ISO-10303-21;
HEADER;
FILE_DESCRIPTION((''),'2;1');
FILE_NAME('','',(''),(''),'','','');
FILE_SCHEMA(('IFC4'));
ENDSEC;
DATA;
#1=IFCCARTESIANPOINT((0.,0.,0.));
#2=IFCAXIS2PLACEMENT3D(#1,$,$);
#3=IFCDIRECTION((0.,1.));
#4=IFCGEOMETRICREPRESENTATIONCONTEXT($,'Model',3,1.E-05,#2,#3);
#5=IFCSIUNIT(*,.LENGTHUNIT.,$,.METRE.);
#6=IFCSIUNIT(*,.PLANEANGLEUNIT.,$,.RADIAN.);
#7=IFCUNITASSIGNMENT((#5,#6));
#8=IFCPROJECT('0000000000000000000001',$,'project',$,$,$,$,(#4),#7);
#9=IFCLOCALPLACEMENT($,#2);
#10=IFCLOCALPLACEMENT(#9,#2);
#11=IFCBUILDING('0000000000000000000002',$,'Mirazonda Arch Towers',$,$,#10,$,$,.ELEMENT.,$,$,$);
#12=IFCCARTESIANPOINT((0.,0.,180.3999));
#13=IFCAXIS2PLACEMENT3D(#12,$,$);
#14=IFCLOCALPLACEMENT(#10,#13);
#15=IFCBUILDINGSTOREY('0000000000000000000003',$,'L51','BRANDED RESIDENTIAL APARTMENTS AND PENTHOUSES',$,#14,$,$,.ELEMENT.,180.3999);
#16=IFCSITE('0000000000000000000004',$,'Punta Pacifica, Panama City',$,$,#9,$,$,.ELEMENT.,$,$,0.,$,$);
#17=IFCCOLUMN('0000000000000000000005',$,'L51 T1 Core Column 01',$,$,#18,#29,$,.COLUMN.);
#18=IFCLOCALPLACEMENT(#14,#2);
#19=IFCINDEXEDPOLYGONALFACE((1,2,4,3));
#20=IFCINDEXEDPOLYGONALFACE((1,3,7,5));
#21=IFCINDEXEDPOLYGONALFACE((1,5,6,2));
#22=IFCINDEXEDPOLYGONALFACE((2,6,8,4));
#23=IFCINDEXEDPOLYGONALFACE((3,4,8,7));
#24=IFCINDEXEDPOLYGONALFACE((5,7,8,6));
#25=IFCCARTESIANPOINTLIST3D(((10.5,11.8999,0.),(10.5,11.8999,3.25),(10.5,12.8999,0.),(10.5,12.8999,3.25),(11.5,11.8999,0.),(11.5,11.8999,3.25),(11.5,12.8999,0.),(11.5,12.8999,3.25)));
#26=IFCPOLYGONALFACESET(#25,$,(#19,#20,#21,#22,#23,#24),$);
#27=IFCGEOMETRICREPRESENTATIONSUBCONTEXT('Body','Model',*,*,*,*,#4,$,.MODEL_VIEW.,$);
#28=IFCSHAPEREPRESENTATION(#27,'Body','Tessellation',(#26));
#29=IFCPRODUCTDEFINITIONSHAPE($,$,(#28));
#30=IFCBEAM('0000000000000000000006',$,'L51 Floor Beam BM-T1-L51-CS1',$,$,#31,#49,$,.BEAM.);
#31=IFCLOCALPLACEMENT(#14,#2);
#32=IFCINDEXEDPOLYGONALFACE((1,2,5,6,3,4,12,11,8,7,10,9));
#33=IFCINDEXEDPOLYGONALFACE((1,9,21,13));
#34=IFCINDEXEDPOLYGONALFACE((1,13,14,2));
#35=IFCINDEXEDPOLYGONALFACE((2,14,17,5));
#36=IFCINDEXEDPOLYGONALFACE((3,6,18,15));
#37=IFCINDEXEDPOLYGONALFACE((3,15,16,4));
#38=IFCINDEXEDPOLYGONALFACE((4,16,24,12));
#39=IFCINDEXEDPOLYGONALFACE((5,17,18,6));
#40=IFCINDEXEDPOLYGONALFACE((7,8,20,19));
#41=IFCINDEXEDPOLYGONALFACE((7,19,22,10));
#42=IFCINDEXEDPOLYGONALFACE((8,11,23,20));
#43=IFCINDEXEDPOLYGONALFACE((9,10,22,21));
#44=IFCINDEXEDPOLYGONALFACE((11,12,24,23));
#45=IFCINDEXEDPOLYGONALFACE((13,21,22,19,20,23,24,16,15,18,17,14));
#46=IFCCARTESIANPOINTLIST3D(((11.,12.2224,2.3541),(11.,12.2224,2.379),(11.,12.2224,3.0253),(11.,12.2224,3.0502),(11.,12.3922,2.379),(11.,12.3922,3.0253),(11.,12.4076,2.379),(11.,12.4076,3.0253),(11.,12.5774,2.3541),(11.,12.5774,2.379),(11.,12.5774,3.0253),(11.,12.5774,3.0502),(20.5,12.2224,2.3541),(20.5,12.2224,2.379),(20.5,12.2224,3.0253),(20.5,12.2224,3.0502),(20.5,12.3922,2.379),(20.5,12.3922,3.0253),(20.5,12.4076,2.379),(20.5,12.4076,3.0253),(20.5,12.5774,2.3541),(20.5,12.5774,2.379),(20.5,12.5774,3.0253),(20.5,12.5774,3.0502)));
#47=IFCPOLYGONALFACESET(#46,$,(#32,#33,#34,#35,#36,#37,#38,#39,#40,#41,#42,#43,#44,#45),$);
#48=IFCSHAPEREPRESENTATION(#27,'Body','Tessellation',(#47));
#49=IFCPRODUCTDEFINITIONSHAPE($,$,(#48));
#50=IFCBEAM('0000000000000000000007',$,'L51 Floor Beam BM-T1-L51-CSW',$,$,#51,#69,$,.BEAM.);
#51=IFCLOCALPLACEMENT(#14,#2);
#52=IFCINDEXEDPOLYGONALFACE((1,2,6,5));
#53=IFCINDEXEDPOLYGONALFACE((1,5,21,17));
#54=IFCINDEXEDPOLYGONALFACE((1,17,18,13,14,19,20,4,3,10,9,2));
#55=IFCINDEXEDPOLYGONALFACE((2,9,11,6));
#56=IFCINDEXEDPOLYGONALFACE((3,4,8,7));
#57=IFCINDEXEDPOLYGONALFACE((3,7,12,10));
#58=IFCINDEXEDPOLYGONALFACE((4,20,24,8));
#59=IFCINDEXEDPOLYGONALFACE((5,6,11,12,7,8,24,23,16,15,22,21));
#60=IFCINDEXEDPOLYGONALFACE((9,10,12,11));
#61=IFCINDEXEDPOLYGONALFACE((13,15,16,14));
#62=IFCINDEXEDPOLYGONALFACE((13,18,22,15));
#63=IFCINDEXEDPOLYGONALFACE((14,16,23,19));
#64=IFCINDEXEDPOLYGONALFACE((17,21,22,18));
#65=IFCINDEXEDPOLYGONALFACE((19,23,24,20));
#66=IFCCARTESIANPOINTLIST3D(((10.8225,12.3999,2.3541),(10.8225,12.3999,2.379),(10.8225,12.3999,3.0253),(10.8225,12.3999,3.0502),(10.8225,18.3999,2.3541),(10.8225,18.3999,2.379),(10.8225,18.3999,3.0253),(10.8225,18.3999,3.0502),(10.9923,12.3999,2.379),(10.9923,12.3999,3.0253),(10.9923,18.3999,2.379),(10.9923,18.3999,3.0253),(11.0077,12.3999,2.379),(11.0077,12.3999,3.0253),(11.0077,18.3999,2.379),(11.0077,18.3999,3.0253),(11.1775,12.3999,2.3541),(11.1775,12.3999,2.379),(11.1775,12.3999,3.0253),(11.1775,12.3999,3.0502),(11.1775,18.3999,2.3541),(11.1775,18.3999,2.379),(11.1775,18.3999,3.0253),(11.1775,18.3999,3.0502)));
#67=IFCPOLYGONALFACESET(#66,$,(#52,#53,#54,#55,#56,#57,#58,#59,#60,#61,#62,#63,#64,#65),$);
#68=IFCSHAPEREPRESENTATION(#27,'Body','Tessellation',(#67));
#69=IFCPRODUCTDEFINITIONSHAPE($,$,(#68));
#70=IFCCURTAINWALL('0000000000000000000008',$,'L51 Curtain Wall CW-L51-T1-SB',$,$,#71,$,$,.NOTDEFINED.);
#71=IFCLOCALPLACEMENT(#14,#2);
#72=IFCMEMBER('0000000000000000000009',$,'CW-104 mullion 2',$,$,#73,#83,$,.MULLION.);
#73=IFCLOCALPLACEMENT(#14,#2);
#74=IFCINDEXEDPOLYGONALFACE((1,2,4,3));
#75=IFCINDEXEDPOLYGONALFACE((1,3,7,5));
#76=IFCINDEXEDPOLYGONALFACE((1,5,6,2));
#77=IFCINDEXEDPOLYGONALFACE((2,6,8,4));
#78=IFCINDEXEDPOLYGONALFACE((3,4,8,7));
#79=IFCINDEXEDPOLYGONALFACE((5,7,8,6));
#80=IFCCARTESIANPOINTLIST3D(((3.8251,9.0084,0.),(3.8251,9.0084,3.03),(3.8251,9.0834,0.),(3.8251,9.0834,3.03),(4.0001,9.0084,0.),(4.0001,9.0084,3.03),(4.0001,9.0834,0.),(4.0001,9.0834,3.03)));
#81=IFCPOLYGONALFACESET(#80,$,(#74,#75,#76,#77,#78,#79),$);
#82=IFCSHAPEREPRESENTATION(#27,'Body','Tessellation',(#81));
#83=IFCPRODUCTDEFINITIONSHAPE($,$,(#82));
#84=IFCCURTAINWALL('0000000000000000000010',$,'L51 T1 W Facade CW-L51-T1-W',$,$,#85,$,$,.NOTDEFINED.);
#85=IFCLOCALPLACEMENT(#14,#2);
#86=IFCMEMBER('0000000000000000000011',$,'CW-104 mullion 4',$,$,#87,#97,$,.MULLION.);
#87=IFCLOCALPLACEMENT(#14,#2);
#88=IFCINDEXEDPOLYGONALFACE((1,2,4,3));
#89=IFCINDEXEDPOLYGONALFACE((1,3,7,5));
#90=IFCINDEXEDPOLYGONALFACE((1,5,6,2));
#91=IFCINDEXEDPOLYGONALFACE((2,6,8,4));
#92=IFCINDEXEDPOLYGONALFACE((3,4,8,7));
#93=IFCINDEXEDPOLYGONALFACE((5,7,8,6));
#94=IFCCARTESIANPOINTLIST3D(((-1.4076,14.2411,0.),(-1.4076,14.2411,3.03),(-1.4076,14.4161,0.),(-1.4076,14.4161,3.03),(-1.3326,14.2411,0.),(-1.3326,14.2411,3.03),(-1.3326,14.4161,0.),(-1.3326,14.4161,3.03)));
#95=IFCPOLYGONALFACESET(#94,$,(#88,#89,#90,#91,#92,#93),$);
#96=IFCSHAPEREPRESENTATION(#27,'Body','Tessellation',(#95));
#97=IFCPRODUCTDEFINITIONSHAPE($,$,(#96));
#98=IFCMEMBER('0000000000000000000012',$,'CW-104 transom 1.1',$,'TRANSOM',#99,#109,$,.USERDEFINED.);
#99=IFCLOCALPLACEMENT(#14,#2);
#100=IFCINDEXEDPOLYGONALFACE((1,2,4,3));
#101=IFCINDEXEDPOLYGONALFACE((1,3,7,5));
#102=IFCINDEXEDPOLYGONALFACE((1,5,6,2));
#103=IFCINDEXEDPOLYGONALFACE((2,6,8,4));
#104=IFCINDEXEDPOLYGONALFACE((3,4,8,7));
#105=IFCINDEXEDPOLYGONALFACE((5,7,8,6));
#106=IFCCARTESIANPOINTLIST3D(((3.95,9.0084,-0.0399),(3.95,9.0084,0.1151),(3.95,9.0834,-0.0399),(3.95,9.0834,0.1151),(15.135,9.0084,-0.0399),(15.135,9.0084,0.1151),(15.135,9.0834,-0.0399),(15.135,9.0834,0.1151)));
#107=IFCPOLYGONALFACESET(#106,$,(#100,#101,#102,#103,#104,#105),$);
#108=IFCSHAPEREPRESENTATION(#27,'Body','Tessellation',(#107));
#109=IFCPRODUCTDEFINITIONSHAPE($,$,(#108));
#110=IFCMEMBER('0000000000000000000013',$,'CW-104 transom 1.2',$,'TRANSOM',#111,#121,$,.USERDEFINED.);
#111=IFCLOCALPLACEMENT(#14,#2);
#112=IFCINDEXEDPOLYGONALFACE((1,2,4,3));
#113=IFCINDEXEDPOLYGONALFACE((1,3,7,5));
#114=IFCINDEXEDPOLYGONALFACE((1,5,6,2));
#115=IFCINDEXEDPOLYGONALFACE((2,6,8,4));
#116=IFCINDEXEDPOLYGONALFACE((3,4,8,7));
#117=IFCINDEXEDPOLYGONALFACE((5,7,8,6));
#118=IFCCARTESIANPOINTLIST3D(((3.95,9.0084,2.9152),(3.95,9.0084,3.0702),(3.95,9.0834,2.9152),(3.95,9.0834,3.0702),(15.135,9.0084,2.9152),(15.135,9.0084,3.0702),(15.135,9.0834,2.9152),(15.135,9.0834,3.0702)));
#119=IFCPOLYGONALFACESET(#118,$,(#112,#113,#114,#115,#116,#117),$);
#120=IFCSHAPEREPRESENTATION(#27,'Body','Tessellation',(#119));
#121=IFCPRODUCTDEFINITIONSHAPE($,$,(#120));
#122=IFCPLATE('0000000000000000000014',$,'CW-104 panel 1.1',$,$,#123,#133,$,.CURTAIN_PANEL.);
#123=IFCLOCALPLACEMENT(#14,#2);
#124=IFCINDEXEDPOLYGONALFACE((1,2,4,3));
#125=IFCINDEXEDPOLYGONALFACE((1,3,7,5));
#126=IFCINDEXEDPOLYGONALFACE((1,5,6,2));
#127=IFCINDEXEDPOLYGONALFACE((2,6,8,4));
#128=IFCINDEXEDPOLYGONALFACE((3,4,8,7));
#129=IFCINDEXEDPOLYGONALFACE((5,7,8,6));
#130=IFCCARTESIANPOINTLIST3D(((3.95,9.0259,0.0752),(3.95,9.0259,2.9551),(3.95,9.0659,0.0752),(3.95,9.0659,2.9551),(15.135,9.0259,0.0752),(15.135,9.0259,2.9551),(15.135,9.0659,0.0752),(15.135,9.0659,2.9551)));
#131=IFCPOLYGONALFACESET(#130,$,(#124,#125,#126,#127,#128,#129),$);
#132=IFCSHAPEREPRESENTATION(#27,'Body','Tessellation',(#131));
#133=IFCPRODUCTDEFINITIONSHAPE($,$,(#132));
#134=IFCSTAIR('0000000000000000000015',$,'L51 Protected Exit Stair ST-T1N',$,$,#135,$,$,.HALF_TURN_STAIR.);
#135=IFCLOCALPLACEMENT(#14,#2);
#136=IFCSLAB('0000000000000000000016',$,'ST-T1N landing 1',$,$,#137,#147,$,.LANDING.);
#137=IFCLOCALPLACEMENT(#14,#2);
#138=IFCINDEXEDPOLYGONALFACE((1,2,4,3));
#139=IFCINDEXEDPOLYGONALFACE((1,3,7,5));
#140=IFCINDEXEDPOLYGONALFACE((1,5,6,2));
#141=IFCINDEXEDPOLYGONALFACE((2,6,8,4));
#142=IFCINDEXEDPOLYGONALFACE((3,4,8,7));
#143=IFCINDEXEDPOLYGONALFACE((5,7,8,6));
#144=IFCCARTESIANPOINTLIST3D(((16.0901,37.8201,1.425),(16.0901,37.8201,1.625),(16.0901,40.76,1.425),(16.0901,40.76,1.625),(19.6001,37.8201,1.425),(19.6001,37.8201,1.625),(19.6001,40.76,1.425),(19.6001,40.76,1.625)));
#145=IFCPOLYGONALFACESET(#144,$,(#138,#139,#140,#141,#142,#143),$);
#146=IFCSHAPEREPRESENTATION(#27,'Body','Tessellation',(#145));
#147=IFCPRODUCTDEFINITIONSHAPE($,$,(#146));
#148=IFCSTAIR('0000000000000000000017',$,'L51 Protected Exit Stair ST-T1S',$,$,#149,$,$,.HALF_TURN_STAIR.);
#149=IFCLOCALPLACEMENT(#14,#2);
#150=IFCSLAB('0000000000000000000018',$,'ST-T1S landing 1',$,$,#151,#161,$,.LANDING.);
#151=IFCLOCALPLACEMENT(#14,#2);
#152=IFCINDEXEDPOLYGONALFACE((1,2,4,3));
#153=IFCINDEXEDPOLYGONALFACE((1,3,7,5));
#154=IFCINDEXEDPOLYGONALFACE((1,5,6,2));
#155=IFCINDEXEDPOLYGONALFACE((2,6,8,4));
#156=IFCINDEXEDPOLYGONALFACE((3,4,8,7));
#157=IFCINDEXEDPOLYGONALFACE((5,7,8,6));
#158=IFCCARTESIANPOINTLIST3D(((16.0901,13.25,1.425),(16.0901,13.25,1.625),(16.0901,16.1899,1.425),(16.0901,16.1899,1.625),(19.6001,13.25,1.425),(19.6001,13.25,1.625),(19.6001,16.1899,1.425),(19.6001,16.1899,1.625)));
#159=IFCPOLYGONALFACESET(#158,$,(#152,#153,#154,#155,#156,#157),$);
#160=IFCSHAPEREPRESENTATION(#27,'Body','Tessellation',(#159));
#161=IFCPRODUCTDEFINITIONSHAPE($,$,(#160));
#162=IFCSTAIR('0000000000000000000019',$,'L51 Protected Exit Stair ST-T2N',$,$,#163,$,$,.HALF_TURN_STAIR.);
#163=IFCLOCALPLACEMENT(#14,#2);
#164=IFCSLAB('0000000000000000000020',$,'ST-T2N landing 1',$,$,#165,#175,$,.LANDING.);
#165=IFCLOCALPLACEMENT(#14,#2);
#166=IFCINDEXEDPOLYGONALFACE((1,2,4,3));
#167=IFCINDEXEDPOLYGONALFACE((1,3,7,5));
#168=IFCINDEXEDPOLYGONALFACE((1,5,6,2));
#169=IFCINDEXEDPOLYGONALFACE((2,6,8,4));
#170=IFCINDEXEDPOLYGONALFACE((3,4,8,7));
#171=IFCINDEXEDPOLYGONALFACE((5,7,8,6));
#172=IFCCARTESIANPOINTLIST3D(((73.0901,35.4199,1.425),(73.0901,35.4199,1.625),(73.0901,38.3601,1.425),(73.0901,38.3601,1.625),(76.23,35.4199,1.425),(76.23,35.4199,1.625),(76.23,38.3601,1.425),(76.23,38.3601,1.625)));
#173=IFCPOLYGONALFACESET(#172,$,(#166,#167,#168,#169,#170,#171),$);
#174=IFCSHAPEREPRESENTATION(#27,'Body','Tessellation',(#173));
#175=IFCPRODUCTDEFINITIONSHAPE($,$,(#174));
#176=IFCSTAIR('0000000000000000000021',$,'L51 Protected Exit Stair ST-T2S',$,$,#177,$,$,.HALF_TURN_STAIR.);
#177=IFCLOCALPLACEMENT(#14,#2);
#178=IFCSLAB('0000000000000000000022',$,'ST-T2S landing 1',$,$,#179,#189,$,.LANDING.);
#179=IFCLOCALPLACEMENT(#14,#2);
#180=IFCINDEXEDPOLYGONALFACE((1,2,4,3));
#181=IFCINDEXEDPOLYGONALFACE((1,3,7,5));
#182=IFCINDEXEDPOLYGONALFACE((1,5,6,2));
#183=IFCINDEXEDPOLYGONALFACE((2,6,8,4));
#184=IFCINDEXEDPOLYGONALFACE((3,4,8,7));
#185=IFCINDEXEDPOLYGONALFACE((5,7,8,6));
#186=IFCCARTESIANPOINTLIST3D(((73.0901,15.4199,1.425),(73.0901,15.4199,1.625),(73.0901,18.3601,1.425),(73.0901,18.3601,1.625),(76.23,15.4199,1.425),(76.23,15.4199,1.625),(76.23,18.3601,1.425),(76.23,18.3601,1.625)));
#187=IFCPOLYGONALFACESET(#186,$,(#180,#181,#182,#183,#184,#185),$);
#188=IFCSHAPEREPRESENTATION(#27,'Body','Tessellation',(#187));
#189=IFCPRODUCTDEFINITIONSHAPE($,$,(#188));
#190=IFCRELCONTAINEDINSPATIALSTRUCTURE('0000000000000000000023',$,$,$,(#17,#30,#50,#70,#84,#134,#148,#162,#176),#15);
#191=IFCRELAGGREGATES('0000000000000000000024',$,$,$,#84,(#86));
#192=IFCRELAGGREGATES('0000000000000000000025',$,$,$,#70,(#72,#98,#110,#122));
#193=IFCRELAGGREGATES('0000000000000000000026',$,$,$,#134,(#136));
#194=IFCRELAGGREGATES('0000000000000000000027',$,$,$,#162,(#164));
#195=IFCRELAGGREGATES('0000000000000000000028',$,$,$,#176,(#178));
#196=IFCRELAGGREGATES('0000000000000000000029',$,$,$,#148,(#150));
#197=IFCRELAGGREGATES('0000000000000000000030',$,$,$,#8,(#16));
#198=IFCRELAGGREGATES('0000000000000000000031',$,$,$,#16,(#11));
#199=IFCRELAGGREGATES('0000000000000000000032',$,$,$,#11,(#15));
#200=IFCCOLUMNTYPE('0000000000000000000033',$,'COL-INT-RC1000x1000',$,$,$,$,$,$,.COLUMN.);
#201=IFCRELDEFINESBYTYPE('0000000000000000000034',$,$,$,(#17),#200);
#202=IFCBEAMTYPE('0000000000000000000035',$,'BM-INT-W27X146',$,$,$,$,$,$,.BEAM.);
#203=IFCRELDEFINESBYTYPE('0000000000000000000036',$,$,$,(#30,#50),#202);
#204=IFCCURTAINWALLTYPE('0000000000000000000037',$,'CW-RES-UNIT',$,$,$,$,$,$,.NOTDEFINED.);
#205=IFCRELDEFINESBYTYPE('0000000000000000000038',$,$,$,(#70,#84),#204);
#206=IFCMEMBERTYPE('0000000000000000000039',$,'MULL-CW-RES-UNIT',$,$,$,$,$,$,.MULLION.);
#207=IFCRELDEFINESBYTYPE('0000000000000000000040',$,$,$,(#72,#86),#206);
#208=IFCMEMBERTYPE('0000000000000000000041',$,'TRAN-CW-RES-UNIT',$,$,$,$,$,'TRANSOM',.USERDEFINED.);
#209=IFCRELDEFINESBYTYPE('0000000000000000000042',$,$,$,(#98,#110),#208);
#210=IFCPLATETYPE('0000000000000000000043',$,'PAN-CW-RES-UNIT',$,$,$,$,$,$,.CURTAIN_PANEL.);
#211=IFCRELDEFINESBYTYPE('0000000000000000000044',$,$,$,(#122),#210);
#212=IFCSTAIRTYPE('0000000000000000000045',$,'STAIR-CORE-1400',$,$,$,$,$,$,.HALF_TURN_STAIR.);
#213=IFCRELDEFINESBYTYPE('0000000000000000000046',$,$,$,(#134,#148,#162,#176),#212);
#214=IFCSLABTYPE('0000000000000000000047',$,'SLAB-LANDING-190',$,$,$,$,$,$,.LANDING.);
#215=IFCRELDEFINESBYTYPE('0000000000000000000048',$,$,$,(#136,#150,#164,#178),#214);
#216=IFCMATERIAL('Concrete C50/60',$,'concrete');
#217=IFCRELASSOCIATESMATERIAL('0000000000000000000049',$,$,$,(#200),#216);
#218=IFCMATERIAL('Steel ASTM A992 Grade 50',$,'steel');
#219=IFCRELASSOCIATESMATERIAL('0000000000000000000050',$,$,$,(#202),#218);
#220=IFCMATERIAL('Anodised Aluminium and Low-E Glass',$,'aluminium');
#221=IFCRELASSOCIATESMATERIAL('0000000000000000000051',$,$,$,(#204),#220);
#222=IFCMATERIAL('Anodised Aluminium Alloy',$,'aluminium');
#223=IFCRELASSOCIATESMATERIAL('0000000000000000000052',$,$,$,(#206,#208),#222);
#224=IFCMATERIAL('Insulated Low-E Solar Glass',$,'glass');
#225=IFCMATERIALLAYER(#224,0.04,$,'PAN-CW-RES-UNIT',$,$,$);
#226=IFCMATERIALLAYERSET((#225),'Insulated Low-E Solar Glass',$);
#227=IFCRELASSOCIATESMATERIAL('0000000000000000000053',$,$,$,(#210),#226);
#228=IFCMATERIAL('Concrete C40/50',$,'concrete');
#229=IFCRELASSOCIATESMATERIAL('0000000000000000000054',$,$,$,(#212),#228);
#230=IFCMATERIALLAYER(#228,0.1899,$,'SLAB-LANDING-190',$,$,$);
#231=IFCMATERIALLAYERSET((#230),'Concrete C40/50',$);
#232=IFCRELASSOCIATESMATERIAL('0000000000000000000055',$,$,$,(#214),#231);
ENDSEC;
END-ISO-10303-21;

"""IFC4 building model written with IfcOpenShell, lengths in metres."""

from ifc_helpers import new_model, si_unit, direction, frame, origin, origin_2d, place, context, subcontext, project, spatial, polyline, rectangle, i_section, outline, extrude, material, layer, layer_set, material_profile, profile_set, type_object, element, aggregate, save


model = new_model("IFC4")

# Units and contexts
model_context = context("Model", 3, precision=1e-05, world=origin(), true_north=direction((0.0, 1.0)))
body_context = subcontext(model_context, "Body", "Model", "MODEL_VIEW")
ifc_project = project(units=[si_unit("LENGTHUNIT", "METRE"), si_unit("PLANEANGLEUNIT", "RADIAN")], contexts=[model_context])

# Site, building, storey
site_placement = place(None, origin())
site = spatial("IfcSite", under=ifc_project, at=site_placement, Name="Punta Pacifica, Panama City", CompositionType="ELEMENT", RefElevation=0.0)
building_placement = place(site_placement, origin())
building = spatial("IfcBuilding", under=site, at=building_placement, Name="Mirazonda Arch Towers", CompositionType="ELEMENT")
storey_placement = place(building_placement, frame((0.0, 0.0, 180.3999)))
storey = spatial("IfcBuildingStorey", under=building, at=storey_placement, Name="L51", Description="BRANDED RESIDENTIAL APARTMENTS AND PENTHOUSES", CompositionType="ELEMENT", Elevation=180.3999)

# Column
ifc_material_1 = material(Name="Concrete C50/60", Category="concrete")
ifc_material_profile_1 = material_profile(ifc_material_1, rectangle(XDim=1.0, YDim=1.0, at=origin_2d()), Name="RC1000x1000")
ifc_profile_set_1 = profile_set([ifc_material_profile_1], Name="Concrete C50/60")
column_type = type_object("IfcColumnType", Name="COL-INT-RC1000x1000", PredefinedType="COLUMN", material=ifc_profile_set_1)
column_placement = place(storey_placement, frame((11.0, 12.3999, 0.0), z_axis=(0.0, 0.0, 1.0), x_axis=(1.0, 0.0, 0.0)))
element("IfcColumn", 1, at=column_placement, inside=storey, type_object=column_type, Name="L51 T1 Core Column 01", PredefinedType="COLUMN", context=body_context, shape_type="SweptSolid", body=[
    extrude(rectangle(XDim=1.0, YDim=1.0, at=origin_2d()), origin(), (0.0, 0.0, 1.0), 3.25),
])

# Beams
ifc_material_2 = material(Name="Steel ASTM A992 Grade 50", Category="steel")
ifc_material_profile_2 = material_profile(ifc_material_2, i_section(OverallWidth=0.355, OverallDepth=0.696, WebThickness=0.0154, FlangeThickness=0.0249, at=origin_2d()), Name="W27X146")
ifc_profile_set_2 = profile_set([ifc_material_profile_2], Name="Steel ASTM A992 Grade 50")
beam_type = type_object("IfcBeamType", Name="BM-INT-W27X146", PredefinedType="BEAM", material=ifc_profile_set_2)
beam_1_placement = place(storey_placement, frame((11.0, 12.3999, 2.7021), z_axis=(1.0, 0.0, 0.0), x_axis=(0.0, 1.0, 0.0)))
element("IfcBeam", 2, at=beam_1_placement, inside=storey, type_object=beam_type, Name="L51 Floor Beam BM-T1-L51-CS1", PredefinedType="BEAM", context=body_context, shape_type="SweptSolid", body=[
    extrude(i_section(OverallWidth=0.355, OverallDepth=0.696, WebThickness=0.0154, FlangeThickness=0.0249, at=origin_2d()), origin(), (0.0, 0.0, 1.0), 9.5),
])
beam_2_placement = place(storey_placement, frame((11.0, 12.3999, 2.7021), z_axis=(0.0, 1.0, 0.0), x_axis=(-1.0, 0.0, 0.0)))
element("IfcBeam", 3, at=beam_2_placement, inside=storey, type_object=beam_type, Name="L51 Floor Beam BM-T1-L51-CSW", PredefinedType="BEAM", context=body_context, shape_type="SweptSolid", body=[
    extrude(i_section(OverallWidth=0.355, OverallDepth=0.696, WebThickness=0.0154, FlangeThickness=0.0249, at=origin_2d()), origin(), (0.0, 0.0, 1.0), 6.0),
])

# Curtain walls, members
ifc_material_3 = material(Name="Anodised Aluminium and Low-E Glass", Category="aluminium")
curtain_wall_type = type_object("IfcCurtainWallType", Name="CW-RES-UNIT", PredefinedType="NOTDEFINED", material=ifc_material_3)
curtain_wall_1_placement = place(storey_placement, origin())
curtain_wall_1 = element("IfcCurtainWall", 4, at=curtain_wall_1_placement, inside=storey, type_object=curtain_wall_type, Name="L51 Curtain Wall CW-L51-T1-SB", PredefinedType="NOTDEFINED")
ifc_material_4 = material(Name="Anodised Aluminium Alloy", Category="aluminium")
ifc_material_profile_3 = material_profile(ifc_material_4, rectangle(XDim=0.075, YDim=0.175, at=origin_2d()), Name="ALU-MULL-75x175")
ifc_profile_set_3 = profile_set([ifc_material_profile_3], Name="Anodised Aluminium Alloy")
member_type_1 = type_object("IfcMemberType", Name="MULL-CW-RES-UNIT", PredefinedType="MULLION", material=ifc_profile_set_3)
member_1_placement = place(storey_placement, frame((3.9126, 9.0459, 0.0), z_axis=(0.0, 0.0, 1.0), x_axis=(0.0, -1.0, 0.0)))
member_1 = element("IfcMember", 5, at=member_1_placement, type_object=member_type_1, Name="CW-104 mullion 2", PredefinedType="MULLION", context=body_context, shape_type="SweptSolid", body=[
    extrude(rectangle(XDim=0.075, YDim=0.175, at=origin_2d()), origin(), (0.0, 0.0, 1.0), 3.03),
])
curtain_wall_2_placement = place(storey_placement, origin())
curtain_wall_2 = element("IfcCurtainWall", 6, at=curtain_wall_2_placement, inside=storey, type_object=curtain_wall_type, Name="L51 T1 W Facade CW-L51-T1-W", PredefinedType="NOTDEFINED")
member_2_placement = place(storey_placement, frame((-1.3701, 14.3286, 0.0), z_axis=(0.0, 0.0, 1.0), x_axis=(1.0, 0.0, 0.0)))
member_2 = element("IfcMember", 7, at=member_2_placement, type_object=member_type_1, Name="CW-104 mullion 4", PredefinedType="MULLION", context=body_context, shape_type="SweptSolid", body=[
    extrude(rectangle(XDim=0.075, YDim=0.175, at=origin_2d()), origin(), (0.0, 0.0, 1.0), 3.03),
])
aggregate(curtain_wall_2, [member_2])

# Members
ifc_material_profile_4 = material_profile(ifc_material_4, rectangle(XDim=0.075, YDim=0.155, at=origin_2d()), Name="ALU-TRAN-75x155")
ifc_profile_set_4 = profile_set([ifc_material_profile_4], Name="Anodised Aluminium Alloy")
member_type_2 = type_object("IfcMemberType", Name="TRAN-CW-RES-UNIT", ElementType="TRANSOM", PredefinedType="USERDEFINED", material=ifc_profile_set_4)
member_3_placement = place(storey_placement, frame((15.135, 9.0459, 0.0376), z_axis=(-1.0, 0.0, 0.0), x_axis=(0.0, -1.0, 0.0)))
member_3 = element("IfcMember", 8, at=member_3_placement, type_object=member_type_2, Name="CW-104 transom 1.1", ObjectType="TRANSOM", PredefinedType="USERDEFINED", context=body_context, shape_type="SweptSolid", body=[
    extrude(rectangle(XDim=0.075, YDim=0.155, at=origin_2d()), origin(), (0.0, 0.0, 1.0), 11.1851),
])
member_4_placement = place(storey_placement, frame((15.135, 9.0459, 2.9927), z_axis=(-1.0, 0.0, 0.0), x_axis=(0.0, -1.0, 0.0)))
member_4 = element("IfcMember", 9, at=member_4_placement, type_object=member_type_2, Name="CW-104 transom 1.2", ObjectType="TRANSOM", PredefinedType="USERDEFINED", context=body_context, shape_type="SweptSolid", body=[
    extrude(rectangle(XDim=0.075, YDim=0.155, at=origin_2d()), origin(), (0.0, 0.0, 1.0), 11.1851),
])

# Plate
ifc_material_5 = material(Name="Insulated Low-E Solar Glass", Category="glass")
ifc_layer_1 = layer(ifc_material_5, 0.04, Name="PAN-CW-RES-UNIT")
ifc_layer_set_1 = layer_set([ifc_layer_1], Name="Insulated Low-E Solar Glass")
plate_type = type_object("IfcPlateType", Name="PAN-CW-RES-UNIT", PredefinedType="CURTAIN_PANEL", material=ifc_layer_set_1)
plate_placement = place(storey_placement, frame((9.5425, 9.0459, 0.0752), z_axis=(0.0, 0.0, 1.0), x_axis=(-1.0, 0.0, 0.0)))
plate = element("IfcPlate", 10, at=plate_placement, type_object=plate_type, Name="CW-104 panel 1.1", PredefinedType="CURTAIN_PANEL", context=body_context, shape_type="SweptSolid", body=[
    extrude(rectangle(XDim=11.1851, YDim=0.04, at=origin_2d()), origin(), (0.0, 0.0, 1.0), 2.8799),
])
aggregate(curtain_wall_1, [member_1, member_3, member_4, plate])

# Stairs, slabs
ifc_material_6 = material(Name="Concrete C40/50", Category="concrete")
stair_type = type_object("IfcStairType", Name="STAIR-CORE-1400", PredefinedType="HALF_TURN_STAIR", material=ifc_material_6)
stair_1_placement = place(storey_placement, origin())
stair_1 = element("IfcStair", 11, at=stair_1_placement, inside=storey, type_object=stair_type, Name="L51 Protected Exit Stair ST-T1N", PredefinedType="HALF_TURN_STAIR")
ifc_layer_2 = layer(ifc_material_6, 0.1899, Name="SLAB-LANDING-190")
ifc_layer_set_2 = layer_set([ifc_layer_2], Name="Concrete C40/50")
slab_type_1 = type_object("IfcSlabType", Name="SLAB-LANDING-190", PredefinedType="LANDING", material=ifc_layer_set_2)
slab_1_placement = place(storey_placement, frame((0.0, 0.0, 1.425)))
slab_1 = element("IfcSlab", 12, at=slab_1_placement, type_object=slab_type_1, Name="ST-T1N landing 1", PredefinedType="LANDING", context=body_context, shape_type="SweptSolid", body=[
    extrude(outline(polyline([(16.0901, 37.8201), (19.6001, 37.8201), (19.6001, 40.76), (16.0901, 40.76), (16.0901, 37.8201)])), origin(), (0.0, 0.0, 1.0), 0.2),
])
aggregate(stair_1, [slab_1])
stair_2_placement = place(storey_placement, origin())
stair_2 = element("IfcStair", 13, at=stair_2_placement, inside=storey, type_object=stair_type, Name="L51 Protected Exit Stair ST-T1S", PredefinedType="HALF_TURN_STAIR")
slab_2_placement = place(storey_placement, frame((0.0, 0.0, 1.425)))
slab_2 = element("IfcSlab", 14, at=slab_2_placement, type_object=slab_type_1, Name="ST-T1S landing 1", PredefinedType="LANDING", context=body_context, shape_type="SweptSolid", body=[
    extrude(outline(polyline([(16.0901, 13.25), (19.6001, 13.25), (19.6001, 16.1899), (16.0901, 16.1899), (16.0901, 13.25)])), origin(), (0.0, 0.0, 1.0), 0.2),
])
stair_3_placement = place(storey_placement, origin())
stair_3 = element("IfcStair", 15, at=stair_3_placement, inside=storey, type_object=stair_type, Name="L51 Protected Exit Stair ST-T2N", PredefinedType="HALF_TURN_STAIR")
slab_3_placement = place(storey_placement, frame((0.0, 0.0, 1.425)))
slab_3 = element("IfcSlab", 16, at=slab_3_placement, type_object=slab_type_1, Name="ST-T2N landing 1", PredefinedType="LANDING", context=body_context, shape_type="SweptSolid", body=[
    extrude(outline(polyline([(73.0901, 35.4199), (76.23, 35.4199), (76.23, 38.3601), (73.0901, 38.3601), (73.0901, 35.4199)])), origin(), (0.0, 0.0, 1.0), 0.2),
])
aggregate(stair_3, [slab_3])
stair_4_placement = place(storey_placement, origin())
stair_4 = element("IfcStair", 17, at=stair_4_placement, inside=storey, type_object=stair_type, Name="L51 Protected Exit Stair ST-T2S", PredefinedType="HALF_TURN_STAIR")
slab_4_placement = place(storey_placement, frame((0.0, 0.0, 1.425)))
slab_4 = element("IfcSlab", 18, at=slab_4_placement, type_object=slab_type_1, Name="ST-T2S landing 1", PredefinedType="LANDING", context=body_context, shape_type="SweptSolid", body=[
    extrude(outline(polyline([(73.0901, 15.4199), (76.23, 15.4199), (76.23, 18.3601), (73.0901, 18.3601), (73.0901, 15.4199)])), origin(), (0.0, 0.0, 1.0), 0.2),
])
aggregate(stair_4, [slab_4])

aggregate(stair_2, [slab_2])

save(model, "model.ifc")
